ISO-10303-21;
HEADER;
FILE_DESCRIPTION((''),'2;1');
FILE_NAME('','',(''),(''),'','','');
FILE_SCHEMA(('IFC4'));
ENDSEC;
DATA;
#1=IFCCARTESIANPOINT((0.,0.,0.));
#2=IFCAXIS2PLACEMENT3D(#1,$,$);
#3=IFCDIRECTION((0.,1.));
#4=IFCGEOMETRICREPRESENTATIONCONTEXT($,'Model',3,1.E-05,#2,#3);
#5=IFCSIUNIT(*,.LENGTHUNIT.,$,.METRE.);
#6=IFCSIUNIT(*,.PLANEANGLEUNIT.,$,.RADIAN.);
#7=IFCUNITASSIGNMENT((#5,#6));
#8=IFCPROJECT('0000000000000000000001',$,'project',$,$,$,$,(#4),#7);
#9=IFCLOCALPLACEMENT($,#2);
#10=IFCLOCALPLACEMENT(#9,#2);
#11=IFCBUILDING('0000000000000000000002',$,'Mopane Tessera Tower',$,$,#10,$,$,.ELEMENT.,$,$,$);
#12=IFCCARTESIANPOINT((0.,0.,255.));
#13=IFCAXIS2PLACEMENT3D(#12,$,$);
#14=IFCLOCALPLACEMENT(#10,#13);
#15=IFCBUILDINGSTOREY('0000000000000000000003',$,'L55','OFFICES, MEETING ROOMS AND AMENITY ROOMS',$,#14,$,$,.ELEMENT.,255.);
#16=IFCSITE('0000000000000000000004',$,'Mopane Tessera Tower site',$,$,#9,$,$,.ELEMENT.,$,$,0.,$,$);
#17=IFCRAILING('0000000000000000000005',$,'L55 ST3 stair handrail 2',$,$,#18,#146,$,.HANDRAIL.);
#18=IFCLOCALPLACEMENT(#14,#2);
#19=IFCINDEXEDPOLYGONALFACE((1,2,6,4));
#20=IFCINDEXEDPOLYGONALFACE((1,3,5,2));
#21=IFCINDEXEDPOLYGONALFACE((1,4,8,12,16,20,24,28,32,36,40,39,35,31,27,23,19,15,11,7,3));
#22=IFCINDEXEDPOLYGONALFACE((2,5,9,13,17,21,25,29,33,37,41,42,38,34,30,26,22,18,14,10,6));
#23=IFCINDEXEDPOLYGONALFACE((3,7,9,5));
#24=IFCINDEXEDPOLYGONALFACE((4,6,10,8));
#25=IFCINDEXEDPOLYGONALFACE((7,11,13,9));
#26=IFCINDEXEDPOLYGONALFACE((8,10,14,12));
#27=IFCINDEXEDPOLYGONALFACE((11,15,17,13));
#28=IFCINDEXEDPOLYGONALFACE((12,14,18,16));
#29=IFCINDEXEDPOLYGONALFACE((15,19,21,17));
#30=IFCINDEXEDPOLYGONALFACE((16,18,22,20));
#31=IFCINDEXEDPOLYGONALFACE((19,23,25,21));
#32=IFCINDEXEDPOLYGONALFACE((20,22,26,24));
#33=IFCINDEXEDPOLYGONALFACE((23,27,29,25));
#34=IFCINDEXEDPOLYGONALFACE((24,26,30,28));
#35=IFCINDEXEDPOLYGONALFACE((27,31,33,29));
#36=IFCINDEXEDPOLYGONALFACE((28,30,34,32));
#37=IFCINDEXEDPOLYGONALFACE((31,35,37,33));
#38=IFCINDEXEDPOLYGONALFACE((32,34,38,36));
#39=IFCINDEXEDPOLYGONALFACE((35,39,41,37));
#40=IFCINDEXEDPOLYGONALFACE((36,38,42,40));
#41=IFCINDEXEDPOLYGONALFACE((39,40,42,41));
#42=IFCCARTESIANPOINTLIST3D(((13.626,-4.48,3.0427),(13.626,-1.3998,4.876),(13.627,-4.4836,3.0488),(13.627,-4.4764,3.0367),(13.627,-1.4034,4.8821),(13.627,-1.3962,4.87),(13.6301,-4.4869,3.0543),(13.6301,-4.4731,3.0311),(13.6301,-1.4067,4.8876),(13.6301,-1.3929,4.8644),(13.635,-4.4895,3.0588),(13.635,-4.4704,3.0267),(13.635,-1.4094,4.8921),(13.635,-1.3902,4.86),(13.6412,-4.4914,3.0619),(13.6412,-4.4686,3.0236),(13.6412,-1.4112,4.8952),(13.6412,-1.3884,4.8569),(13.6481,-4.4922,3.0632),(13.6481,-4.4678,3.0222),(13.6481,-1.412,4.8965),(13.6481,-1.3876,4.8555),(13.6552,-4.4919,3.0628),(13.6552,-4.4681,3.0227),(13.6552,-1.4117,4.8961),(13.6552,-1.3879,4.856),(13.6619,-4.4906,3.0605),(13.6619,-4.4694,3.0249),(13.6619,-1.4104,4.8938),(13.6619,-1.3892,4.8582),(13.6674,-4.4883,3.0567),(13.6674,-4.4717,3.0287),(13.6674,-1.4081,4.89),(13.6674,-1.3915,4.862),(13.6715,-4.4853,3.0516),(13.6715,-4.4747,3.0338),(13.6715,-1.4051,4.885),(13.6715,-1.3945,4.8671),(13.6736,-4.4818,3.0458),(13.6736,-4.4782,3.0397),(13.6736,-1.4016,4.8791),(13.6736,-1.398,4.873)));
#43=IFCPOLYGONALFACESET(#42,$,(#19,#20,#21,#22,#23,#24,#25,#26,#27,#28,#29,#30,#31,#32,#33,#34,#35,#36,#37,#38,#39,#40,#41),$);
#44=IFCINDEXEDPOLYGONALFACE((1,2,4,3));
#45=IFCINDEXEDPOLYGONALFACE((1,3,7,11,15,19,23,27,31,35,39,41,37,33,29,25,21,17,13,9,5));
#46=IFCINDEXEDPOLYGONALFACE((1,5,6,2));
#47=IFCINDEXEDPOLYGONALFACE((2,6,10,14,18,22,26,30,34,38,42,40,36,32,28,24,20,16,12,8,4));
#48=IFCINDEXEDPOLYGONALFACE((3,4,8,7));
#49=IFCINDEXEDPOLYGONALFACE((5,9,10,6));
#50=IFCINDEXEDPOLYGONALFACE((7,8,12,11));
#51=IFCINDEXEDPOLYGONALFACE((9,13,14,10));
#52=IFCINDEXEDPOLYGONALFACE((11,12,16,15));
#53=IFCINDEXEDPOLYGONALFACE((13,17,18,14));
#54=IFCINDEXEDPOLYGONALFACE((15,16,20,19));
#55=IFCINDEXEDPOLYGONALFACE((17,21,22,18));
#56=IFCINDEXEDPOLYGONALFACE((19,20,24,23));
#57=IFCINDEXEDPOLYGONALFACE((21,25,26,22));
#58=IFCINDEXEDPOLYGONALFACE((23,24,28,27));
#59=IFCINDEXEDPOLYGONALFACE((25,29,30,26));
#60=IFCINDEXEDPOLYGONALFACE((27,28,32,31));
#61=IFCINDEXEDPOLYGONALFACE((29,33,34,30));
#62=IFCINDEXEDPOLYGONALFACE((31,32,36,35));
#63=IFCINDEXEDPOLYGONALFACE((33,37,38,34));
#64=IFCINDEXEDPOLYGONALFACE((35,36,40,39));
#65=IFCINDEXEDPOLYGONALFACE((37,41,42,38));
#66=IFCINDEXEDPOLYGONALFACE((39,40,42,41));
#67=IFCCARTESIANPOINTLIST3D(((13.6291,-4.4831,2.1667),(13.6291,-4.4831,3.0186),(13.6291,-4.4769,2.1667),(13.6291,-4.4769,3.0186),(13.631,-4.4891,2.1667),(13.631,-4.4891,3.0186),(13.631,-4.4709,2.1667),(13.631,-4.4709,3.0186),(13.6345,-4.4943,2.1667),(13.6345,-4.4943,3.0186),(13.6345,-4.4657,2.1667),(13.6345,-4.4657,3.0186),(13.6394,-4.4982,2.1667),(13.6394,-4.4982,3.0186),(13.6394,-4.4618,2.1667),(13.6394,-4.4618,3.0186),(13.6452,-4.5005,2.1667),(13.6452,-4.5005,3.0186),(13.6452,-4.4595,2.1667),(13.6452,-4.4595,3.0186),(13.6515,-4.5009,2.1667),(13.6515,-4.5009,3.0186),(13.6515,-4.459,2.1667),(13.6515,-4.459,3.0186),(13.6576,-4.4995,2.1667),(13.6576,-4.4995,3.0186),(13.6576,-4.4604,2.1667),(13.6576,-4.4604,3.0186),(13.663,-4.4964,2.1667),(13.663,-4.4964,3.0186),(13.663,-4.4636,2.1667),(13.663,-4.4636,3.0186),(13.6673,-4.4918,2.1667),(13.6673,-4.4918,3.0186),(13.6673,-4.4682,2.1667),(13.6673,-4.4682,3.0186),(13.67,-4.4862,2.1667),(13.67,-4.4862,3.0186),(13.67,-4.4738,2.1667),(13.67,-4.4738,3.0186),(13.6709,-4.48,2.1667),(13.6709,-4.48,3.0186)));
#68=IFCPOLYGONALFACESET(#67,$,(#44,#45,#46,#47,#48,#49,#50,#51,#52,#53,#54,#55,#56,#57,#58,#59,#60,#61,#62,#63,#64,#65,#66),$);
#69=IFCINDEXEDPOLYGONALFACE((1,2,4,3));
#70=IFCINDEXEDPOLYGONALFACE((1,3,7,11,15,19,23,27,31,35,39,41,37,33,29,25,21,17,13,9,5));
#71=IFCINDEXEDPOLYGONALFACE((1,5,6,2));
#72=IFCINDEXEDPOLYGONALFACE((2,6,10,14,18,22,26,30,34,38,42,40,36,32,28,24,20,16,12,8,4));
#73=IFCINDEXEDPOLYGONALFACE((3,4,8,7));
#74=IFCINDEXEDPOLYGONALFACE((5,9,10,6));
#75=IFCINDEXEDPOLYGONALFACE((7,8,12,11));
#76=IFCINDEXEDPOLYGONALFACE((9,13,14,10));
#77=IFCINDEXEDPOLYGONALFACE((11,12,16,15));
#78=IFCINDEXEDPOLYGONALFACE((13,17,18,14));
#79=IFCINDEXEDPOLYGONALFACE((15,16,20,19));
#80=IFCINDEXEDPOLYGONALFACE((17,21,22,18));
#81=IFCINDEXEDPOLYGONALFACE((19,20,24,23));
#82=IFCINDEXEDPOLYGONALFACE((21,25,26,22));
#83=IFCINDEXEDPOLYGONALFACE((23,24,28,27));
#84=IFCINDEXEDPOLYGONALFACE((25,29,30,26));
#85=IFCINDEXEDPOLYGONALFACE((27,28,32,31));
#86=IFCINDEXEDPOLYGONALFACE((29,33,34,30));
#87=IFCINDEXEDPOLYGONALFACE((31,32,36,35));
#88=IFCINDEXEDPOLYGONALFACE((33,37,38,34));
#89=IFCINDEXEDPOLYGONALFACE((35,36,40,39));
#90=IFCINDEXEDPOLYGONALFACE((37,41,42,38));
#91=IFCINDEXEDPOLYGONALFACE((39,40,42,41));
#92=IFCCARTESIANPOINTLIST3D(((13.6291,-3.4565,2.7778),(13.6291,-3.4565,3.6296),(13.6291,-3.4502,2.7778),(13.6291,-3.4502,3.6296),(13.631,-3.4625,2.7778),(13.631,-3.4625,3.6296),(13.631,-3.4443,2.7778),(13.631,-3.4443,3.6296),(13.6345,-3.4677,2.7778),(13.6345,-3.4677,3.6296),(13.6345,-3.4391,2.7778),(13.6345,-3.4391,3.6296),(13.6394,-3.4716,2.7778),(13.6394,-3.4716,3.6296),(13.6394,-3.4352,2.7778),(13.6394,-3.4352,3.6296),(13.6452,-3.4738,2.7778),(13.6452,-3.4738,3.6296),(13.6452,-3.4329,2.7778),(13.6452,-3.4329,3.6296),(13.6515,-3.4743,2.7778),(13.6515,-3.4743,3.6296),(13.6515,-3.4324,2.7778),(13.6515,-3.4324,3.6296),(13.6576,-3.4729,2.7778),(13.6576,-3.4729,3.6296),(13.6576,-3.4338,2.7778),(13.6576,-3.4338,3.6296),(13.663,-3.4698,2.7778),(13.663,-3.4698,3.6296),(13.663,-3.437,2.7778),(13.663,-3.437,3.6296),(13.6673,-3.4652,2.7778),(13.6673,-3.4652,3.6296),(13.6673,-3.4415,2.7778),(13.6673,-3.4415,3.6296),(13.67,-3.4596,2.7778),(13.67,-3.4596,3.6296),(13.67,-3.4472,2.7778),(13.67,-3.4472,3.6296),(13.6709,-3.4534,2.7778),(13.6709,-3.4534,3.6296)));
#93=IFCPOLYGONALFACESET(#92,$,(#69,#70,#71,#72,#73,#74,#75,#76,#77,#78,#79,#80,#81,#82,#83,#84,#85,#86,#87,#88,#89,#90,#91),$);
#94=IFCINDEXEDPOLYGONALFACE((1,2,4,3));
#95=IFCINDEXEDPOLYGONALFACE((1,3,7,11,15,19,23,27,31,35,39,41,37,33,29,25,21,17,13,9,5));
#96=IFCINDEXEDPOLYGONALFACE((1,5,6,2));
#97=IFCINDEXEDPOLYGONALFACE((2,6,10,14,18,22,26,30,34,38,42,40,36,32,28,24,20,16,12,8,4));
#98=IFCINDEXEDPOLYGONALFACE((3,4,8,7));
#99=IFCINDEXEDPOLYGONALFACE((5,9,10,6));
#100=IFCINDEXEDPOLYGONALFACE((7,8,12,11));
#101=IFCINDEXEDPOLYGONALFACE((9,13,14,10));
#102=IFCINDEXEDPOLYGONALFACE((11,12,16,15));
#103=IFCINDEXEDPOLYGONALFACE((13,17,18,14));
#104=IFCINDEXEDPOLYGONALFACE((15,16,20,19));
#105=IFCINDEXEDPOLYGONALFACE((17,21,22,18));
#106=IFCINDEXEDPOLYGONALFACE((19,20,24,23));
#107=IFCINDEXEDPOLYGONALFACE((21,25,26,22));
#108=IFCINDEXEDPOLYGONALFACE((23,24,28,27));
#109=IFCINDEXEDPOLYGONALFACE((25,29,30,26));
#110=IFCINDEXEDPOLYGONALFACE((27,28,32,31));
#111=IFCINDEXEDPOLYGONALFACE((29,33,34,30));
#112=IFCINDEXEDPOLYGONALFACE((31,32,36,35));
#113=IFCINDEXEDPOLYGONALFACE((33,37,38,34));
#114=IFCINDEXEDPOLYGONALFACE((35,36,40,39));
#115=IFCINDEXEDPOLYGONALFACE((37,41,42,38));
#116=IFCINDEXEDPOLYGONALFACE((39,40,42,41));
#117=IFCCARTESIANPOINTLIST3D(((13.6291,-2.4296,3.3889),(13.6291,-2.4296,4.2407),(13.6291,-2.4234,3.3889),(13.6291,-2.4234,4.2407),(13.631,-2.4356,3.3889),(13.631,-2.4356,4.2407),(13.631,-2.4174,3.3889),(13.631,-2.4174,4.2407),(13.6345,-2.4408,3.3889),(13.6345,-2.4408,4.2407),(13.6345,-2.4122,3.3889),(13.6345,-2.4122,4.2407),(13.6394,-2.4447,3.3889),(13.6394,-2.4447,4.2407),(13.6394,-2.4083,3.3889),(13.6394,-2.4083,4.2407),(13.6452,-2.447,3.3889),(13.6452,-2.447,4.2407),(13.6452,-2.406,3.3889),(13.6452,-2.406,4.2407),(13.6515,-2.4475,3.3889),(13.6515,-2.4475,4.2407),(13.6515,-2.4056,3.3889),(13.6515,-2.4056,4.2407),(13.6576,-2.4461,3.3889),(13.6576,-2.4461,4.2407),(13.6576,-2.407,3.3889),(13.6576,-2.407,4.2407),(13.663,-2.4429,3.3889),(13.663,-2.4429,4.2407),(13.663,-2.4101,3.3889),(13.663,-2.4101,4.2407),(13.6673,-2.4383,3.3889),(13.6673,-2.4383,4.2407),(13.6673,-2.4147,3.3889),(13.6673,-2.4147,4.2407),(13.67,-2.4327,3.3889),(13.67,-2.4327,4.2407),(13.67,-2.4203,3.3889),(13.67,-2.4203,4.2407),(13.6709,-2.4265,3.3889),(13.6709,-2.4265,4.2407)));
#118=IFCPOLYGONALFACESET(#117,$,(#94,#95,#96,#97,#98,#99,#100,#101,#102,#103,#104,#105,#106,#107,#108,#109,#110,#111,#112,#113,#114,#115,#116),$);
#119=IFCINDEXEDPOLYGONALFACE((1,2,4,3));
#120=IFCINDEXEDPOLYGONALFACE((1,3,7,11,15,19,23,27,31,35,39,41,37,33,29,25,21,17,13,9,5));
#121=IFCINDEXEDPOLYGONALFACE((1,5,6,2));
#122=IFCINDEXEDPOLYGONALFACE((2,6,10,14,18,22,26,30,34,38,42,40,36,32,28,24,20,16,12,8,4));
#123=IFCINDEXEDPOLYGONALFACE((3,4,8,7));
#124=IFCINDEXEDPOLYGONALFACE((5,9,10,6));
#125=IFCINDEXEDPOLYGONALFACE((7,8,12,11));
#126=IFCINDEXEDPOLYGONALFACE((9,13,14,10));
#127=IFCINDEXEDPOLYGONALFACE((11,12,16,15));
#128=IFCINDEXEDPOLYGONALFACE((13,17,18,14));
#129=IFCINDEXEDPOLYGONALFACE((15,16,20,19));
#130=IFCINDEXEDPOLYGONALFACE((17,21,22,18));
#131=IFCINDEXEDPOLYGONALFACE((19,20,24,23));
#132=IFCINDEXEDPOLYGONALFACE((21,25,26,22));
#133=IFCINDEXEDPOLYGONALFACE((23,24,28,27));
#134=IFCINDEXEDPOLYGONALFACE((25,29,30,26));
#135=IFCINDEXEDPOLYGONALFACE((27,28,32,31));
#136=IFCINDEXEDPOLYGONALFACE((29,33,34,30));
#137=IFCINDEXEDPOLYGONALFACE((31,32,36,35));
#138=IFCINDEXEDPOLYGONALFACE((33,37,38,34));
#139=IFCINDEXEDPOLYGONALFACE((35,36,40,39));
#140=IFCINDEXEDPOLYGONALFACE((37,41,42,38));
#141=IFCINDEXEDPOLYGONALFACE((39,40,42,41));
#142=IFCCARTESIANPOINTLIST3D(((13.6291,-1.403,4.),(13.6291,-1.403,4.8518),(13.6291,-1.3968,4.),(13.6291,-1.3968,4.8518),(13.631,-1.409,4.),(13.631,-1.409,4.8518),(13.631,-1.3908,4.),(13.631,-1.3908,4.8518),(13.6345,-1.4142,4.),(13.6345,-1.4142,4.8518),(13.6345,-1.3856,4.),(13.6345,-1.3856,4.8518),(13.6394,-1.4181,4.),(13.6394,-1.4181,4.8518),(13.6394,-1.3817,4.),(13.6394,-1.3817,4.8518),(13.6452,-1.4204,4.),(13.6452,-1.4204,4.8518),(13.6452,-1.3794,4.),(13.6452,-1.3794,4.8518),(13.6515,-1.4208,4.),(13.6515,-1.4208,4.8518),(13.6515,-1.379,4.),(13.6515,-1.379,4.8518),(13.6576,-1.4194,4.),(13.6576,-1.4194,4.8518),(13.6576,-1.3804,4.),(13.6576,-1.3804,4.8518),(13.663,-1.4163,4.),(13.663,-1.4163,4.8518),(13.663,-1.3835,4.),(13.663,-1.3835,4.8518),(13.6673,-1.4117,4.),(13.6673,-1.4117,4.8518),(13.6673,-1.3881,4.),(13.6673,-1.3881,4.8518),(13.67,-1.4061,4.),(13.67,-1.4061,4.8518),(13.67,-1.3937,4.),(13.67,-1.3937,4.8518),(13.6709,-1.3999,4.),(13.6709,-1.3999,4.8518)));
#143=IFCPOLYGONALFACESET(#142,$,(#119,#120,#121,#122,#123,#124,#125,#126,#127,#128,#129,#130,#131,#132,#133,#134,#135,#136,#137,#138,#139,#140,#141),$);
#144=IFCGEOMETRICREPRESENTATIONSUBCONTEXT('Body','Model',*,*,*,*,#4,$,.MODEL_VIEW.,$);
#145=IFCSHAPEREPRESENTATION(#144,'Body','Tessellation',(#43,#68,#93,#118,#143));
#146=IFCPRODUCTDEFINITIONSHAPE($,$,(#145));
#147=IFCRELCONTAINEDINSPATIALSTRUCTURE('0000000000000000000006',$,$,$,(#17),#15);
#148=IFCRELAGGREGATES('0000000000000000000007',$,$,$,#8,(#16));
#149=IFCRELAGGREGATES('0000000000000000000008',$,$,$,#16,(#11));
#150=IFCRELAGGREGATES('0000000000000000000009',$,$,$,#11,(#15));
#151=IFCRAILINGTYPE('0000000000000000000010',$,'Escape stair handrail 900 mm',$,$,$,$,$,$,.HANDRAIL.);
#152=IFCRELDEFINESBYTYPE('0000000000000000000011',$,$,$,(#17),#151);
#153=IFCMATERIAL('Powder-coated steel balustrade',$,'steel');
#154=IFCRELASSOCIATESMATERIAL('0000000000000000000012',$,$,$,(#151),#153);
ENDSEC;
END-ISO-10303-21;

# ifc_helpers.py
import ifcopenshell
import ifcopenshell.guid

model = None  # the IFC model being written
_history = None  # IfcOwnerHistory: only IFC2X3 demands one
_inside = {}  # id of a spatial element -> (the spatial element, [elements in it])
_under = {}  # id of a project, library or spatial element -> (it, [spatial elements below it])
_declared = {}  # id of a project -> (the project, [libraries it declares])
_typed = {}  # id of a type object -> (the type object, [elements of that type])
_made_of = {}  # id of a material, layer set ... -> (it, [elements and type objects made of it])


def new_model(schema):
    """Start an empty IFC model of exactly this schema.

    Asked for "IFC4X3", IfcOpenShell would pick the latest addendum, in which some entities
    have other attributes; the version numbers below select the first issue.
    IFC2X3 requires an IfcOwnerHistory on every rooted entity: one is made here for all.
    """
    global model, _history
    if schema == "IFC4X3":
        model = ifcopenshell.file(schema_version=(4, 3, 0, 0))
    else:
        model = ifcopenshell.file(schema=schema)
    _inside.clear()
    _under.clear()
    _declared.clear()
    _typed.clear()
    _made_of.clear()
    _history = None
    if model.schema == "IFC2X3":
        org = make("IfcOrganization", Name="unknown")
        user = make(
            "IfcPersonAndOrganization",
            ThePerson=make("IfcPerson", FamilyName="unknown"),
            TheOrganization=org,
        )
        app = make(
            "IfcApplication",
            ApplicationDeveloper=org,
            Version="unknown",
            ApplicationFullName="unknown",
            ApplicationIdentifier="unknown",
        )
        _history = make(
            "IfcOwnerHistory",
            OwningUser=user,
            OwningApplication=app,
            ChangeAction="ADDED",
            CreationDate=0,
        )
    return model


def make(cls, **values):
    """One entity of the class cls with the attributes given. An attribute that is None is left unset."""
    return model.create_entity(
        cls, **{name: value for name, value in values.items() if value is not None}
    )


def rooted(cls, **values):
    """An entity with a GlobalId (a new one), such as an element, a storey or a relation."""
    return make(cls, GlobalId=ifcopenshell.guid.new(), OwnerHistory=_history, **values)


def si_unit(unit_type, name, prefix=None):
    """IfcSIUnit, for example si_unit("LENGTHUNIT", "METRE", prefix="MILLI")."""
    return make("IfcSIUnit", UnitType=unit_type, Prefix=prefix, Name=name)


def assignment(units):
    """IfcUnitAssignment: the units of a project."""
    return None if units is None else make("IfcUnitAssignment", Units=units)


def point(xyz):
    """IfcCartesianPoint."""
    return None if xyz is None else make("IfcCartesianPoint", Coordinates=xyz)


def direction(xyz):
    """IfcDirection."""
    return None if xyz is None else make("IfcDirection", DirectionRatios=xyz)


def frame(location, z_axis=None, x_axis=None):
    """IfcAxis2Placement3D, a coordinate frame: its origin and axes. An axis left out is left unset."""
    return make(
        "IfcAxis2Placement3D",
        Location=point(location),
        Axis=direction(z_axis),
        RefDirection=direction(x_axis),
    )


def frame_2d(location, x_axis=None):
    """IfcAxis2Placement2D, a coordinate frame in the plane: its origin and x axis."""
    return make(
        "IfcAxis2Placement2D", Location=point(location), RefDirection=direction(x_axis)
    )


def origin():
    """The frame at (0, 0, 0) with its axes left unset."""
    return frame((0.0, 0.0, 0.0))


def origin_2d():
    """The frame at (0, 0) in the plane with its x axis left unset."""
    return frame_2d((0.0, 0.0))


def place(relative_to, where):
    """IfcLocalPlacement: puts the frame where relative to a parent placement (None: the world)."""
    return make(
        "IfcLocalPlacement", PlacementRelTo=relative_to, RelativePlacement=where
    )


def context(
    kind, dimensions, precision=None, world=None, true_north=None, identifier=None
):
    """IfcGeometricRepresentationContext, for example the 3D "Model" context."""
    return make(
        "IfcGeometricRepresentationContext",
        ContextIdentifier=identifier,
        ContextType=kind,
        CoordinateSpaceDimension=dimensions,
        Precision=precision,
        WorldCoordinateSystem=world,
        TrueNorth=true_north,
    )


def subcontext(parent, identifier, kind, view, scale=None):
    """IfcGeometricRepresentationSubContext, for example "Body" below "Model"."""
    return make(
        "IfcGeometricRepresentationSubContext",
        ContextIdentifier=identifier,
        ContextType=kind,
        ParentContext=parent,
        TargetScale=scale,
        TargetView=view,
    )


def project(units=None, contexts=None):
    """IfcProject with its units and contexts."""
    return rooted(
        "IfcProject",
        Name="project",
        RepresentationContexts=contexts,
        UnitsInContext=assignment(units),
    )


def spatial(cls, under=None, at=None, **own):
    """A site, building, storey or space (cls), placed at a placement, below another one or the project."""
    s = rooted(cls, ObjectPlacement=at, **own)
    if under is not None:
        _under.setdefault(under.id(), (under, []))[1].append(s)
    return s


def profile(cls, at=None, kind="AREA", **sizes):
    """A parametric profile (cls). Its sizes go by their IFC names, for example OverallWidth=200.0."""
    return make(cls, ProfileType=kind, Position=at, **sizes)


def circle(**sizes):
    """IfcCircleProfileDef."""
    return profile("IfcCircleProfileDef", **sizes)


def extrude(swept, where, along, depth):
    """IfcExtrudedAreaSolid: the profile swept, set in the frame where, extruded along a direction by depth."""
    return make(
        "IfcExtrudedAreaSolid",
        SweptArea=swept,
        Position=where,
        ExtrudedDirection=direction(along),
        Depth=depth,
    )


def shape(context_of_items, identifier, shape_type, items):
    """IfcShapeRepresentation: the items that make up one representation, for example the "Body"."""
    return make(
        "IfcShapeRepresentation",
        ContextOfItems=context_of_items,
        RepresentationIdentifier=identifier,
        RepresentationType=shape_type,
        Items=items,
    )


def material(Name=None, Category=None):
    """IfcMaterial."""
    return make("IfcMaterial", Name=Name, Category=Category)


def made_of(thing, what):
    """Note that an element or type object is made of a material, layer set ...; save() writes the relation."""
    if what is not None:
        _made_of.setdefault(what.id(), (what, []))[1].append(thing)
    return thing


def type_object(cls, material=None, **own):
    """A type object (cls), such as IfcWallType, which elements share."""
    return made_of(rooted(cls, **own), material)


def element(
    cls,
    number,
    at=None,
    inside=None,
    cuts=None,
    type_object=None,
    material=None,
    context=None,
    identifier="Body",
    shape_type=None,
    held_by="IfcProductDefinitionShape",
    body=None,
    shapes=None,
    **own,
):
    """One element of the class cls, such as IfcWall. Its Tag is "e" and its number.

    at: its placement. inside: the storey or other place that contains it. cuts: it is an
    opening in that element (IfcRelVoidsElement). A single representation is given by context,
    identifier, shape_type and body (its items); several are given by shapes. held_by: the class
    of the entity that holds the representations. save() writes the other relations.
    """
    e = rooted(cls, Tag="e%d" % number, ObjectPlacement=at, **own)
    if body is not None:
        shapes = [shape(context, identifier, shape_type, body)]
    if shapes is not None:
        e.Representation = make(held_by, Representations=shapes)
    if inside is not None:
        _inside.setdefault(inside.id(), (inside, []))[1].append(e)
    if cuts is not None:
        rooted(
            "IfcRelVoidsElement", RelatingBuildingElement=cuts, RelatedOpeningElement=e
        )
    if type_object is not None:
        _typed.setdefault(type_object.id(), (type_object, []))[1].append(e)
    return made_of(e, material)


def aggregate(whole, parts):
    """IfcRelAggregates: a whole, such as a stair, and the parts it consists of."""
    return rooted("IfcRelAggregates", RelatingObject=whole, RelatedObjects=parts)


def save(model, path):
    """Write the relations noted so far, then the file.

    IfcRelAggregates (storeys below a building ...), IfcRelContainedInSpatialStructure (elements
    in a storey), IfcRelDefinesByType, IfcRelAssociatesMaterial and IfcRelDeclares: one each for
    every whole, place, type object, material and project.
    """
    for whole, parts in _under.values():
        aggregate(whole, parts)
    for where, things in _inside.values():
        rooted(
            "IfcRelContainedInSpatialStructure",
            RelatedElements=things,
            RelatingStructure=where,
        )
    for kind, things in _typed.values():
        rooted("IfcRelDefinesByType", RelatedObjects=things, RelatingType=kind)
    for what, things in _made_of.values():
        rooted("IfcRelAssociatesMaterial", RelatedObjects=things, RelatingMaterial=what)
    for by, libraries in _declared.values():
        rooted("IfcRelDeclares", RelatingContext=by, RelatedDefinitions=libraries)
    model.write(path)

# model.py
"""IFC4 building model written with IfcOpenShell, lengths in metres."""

from ifc_helpers import new_model, si_unit, direction, frame, origin, origin_2d, place, context, subcontext, project, spatial, circle, extrude, material, type_object, element, save


model = new_model("IFC4")

# Units and contexts
model_context = context("Model", 3, precision=1e-05, world=origin(), true_north=direction((0.0, 1.0)))
body_context = subcontext(model_context, "Body", "Model", "MODEL_VIEW")
ifc_project = project(units=[si_unit("LENGTHUNIT", "METRE"), si_unit("PLANEANGLEUNIT", "RADIAN")], contexts=[model_context])

# Site, building, storey
site_placement = place(None, origin())
site = spatial("IfcSite", under=ifc_project, at=site_placement, Name="Mopane Tessera Tower site", CompositionType="ELEMENT", RefElevation=0.0)
building_placement = place(site_placement, origin())
building = spatial("IfcBuilding", under=site, at=building_placement, Name="Mopane Tessera Tower", CompositionType="ELEMENT")
storey_placement = place(building_placement, frame((0.0, 0.0, 255.0)))
storey = spatial("IfcBuildingStorey", under=building, at=storey_placement, Name="L55", Description="OFFICES, MEETING ROOMS AND AMENITY ROOMS", CompositionType="ELEMENT", Elevation=255.0)

# Railing
ifc_material_1 = material(Name="Powder-coated steel balustrade", Category="steel")
railing_type_1 = type_object("IfcRailingType", Name="Escape stair handrail 900 mm", PredefinedType="HANDRAIL", material=ifc_material_1)
railing_1_placement = place(storey_placement, frame((13.6499, -4.48, 2.1667)))
element("IfcRailing", 1, at=railing_1_placement, inside=storey, type_object=railing_type_1, Name="L55 ST3 stair handrail 2", PredefinedType="HANDRAIL", context=body_context, shape_type="SweptSolid", body=[
    extrude(circle(Radius=0.0239, at=origin_2d()), frame((0.0, 0.0, 0.876), z_axis=(0.0, 0.859309, 0.511458), x_axis=(-1.0, 0.0, 0.0)), (0.0, 0.0, 1.0), 3.5845),
    extrude(circle(Radius=0.021, at=origin_2d()), origin(), (0.0, 0.0, 1.0), 0.8518),
    extrude(circle(Radius=0.021, at=origin_2d()), frame((0.0, 1.0266, 0.6111)), (0.0, 0.0, 1.0), 0.8518),
    extrude(circle(Radius=0.021, at=origin_2d()), frame((0.0, 2.0535, 1.2222)), (0.0, 0.0, 1.0), 0.8518),
    extrude(circle(Radius=0.021, at=origin_2d()), frame((0.0, 3.0801, 1.8333)), (0.0, 0.0, 1.0), 0.8518),
])

save(model, "model.ifc")
